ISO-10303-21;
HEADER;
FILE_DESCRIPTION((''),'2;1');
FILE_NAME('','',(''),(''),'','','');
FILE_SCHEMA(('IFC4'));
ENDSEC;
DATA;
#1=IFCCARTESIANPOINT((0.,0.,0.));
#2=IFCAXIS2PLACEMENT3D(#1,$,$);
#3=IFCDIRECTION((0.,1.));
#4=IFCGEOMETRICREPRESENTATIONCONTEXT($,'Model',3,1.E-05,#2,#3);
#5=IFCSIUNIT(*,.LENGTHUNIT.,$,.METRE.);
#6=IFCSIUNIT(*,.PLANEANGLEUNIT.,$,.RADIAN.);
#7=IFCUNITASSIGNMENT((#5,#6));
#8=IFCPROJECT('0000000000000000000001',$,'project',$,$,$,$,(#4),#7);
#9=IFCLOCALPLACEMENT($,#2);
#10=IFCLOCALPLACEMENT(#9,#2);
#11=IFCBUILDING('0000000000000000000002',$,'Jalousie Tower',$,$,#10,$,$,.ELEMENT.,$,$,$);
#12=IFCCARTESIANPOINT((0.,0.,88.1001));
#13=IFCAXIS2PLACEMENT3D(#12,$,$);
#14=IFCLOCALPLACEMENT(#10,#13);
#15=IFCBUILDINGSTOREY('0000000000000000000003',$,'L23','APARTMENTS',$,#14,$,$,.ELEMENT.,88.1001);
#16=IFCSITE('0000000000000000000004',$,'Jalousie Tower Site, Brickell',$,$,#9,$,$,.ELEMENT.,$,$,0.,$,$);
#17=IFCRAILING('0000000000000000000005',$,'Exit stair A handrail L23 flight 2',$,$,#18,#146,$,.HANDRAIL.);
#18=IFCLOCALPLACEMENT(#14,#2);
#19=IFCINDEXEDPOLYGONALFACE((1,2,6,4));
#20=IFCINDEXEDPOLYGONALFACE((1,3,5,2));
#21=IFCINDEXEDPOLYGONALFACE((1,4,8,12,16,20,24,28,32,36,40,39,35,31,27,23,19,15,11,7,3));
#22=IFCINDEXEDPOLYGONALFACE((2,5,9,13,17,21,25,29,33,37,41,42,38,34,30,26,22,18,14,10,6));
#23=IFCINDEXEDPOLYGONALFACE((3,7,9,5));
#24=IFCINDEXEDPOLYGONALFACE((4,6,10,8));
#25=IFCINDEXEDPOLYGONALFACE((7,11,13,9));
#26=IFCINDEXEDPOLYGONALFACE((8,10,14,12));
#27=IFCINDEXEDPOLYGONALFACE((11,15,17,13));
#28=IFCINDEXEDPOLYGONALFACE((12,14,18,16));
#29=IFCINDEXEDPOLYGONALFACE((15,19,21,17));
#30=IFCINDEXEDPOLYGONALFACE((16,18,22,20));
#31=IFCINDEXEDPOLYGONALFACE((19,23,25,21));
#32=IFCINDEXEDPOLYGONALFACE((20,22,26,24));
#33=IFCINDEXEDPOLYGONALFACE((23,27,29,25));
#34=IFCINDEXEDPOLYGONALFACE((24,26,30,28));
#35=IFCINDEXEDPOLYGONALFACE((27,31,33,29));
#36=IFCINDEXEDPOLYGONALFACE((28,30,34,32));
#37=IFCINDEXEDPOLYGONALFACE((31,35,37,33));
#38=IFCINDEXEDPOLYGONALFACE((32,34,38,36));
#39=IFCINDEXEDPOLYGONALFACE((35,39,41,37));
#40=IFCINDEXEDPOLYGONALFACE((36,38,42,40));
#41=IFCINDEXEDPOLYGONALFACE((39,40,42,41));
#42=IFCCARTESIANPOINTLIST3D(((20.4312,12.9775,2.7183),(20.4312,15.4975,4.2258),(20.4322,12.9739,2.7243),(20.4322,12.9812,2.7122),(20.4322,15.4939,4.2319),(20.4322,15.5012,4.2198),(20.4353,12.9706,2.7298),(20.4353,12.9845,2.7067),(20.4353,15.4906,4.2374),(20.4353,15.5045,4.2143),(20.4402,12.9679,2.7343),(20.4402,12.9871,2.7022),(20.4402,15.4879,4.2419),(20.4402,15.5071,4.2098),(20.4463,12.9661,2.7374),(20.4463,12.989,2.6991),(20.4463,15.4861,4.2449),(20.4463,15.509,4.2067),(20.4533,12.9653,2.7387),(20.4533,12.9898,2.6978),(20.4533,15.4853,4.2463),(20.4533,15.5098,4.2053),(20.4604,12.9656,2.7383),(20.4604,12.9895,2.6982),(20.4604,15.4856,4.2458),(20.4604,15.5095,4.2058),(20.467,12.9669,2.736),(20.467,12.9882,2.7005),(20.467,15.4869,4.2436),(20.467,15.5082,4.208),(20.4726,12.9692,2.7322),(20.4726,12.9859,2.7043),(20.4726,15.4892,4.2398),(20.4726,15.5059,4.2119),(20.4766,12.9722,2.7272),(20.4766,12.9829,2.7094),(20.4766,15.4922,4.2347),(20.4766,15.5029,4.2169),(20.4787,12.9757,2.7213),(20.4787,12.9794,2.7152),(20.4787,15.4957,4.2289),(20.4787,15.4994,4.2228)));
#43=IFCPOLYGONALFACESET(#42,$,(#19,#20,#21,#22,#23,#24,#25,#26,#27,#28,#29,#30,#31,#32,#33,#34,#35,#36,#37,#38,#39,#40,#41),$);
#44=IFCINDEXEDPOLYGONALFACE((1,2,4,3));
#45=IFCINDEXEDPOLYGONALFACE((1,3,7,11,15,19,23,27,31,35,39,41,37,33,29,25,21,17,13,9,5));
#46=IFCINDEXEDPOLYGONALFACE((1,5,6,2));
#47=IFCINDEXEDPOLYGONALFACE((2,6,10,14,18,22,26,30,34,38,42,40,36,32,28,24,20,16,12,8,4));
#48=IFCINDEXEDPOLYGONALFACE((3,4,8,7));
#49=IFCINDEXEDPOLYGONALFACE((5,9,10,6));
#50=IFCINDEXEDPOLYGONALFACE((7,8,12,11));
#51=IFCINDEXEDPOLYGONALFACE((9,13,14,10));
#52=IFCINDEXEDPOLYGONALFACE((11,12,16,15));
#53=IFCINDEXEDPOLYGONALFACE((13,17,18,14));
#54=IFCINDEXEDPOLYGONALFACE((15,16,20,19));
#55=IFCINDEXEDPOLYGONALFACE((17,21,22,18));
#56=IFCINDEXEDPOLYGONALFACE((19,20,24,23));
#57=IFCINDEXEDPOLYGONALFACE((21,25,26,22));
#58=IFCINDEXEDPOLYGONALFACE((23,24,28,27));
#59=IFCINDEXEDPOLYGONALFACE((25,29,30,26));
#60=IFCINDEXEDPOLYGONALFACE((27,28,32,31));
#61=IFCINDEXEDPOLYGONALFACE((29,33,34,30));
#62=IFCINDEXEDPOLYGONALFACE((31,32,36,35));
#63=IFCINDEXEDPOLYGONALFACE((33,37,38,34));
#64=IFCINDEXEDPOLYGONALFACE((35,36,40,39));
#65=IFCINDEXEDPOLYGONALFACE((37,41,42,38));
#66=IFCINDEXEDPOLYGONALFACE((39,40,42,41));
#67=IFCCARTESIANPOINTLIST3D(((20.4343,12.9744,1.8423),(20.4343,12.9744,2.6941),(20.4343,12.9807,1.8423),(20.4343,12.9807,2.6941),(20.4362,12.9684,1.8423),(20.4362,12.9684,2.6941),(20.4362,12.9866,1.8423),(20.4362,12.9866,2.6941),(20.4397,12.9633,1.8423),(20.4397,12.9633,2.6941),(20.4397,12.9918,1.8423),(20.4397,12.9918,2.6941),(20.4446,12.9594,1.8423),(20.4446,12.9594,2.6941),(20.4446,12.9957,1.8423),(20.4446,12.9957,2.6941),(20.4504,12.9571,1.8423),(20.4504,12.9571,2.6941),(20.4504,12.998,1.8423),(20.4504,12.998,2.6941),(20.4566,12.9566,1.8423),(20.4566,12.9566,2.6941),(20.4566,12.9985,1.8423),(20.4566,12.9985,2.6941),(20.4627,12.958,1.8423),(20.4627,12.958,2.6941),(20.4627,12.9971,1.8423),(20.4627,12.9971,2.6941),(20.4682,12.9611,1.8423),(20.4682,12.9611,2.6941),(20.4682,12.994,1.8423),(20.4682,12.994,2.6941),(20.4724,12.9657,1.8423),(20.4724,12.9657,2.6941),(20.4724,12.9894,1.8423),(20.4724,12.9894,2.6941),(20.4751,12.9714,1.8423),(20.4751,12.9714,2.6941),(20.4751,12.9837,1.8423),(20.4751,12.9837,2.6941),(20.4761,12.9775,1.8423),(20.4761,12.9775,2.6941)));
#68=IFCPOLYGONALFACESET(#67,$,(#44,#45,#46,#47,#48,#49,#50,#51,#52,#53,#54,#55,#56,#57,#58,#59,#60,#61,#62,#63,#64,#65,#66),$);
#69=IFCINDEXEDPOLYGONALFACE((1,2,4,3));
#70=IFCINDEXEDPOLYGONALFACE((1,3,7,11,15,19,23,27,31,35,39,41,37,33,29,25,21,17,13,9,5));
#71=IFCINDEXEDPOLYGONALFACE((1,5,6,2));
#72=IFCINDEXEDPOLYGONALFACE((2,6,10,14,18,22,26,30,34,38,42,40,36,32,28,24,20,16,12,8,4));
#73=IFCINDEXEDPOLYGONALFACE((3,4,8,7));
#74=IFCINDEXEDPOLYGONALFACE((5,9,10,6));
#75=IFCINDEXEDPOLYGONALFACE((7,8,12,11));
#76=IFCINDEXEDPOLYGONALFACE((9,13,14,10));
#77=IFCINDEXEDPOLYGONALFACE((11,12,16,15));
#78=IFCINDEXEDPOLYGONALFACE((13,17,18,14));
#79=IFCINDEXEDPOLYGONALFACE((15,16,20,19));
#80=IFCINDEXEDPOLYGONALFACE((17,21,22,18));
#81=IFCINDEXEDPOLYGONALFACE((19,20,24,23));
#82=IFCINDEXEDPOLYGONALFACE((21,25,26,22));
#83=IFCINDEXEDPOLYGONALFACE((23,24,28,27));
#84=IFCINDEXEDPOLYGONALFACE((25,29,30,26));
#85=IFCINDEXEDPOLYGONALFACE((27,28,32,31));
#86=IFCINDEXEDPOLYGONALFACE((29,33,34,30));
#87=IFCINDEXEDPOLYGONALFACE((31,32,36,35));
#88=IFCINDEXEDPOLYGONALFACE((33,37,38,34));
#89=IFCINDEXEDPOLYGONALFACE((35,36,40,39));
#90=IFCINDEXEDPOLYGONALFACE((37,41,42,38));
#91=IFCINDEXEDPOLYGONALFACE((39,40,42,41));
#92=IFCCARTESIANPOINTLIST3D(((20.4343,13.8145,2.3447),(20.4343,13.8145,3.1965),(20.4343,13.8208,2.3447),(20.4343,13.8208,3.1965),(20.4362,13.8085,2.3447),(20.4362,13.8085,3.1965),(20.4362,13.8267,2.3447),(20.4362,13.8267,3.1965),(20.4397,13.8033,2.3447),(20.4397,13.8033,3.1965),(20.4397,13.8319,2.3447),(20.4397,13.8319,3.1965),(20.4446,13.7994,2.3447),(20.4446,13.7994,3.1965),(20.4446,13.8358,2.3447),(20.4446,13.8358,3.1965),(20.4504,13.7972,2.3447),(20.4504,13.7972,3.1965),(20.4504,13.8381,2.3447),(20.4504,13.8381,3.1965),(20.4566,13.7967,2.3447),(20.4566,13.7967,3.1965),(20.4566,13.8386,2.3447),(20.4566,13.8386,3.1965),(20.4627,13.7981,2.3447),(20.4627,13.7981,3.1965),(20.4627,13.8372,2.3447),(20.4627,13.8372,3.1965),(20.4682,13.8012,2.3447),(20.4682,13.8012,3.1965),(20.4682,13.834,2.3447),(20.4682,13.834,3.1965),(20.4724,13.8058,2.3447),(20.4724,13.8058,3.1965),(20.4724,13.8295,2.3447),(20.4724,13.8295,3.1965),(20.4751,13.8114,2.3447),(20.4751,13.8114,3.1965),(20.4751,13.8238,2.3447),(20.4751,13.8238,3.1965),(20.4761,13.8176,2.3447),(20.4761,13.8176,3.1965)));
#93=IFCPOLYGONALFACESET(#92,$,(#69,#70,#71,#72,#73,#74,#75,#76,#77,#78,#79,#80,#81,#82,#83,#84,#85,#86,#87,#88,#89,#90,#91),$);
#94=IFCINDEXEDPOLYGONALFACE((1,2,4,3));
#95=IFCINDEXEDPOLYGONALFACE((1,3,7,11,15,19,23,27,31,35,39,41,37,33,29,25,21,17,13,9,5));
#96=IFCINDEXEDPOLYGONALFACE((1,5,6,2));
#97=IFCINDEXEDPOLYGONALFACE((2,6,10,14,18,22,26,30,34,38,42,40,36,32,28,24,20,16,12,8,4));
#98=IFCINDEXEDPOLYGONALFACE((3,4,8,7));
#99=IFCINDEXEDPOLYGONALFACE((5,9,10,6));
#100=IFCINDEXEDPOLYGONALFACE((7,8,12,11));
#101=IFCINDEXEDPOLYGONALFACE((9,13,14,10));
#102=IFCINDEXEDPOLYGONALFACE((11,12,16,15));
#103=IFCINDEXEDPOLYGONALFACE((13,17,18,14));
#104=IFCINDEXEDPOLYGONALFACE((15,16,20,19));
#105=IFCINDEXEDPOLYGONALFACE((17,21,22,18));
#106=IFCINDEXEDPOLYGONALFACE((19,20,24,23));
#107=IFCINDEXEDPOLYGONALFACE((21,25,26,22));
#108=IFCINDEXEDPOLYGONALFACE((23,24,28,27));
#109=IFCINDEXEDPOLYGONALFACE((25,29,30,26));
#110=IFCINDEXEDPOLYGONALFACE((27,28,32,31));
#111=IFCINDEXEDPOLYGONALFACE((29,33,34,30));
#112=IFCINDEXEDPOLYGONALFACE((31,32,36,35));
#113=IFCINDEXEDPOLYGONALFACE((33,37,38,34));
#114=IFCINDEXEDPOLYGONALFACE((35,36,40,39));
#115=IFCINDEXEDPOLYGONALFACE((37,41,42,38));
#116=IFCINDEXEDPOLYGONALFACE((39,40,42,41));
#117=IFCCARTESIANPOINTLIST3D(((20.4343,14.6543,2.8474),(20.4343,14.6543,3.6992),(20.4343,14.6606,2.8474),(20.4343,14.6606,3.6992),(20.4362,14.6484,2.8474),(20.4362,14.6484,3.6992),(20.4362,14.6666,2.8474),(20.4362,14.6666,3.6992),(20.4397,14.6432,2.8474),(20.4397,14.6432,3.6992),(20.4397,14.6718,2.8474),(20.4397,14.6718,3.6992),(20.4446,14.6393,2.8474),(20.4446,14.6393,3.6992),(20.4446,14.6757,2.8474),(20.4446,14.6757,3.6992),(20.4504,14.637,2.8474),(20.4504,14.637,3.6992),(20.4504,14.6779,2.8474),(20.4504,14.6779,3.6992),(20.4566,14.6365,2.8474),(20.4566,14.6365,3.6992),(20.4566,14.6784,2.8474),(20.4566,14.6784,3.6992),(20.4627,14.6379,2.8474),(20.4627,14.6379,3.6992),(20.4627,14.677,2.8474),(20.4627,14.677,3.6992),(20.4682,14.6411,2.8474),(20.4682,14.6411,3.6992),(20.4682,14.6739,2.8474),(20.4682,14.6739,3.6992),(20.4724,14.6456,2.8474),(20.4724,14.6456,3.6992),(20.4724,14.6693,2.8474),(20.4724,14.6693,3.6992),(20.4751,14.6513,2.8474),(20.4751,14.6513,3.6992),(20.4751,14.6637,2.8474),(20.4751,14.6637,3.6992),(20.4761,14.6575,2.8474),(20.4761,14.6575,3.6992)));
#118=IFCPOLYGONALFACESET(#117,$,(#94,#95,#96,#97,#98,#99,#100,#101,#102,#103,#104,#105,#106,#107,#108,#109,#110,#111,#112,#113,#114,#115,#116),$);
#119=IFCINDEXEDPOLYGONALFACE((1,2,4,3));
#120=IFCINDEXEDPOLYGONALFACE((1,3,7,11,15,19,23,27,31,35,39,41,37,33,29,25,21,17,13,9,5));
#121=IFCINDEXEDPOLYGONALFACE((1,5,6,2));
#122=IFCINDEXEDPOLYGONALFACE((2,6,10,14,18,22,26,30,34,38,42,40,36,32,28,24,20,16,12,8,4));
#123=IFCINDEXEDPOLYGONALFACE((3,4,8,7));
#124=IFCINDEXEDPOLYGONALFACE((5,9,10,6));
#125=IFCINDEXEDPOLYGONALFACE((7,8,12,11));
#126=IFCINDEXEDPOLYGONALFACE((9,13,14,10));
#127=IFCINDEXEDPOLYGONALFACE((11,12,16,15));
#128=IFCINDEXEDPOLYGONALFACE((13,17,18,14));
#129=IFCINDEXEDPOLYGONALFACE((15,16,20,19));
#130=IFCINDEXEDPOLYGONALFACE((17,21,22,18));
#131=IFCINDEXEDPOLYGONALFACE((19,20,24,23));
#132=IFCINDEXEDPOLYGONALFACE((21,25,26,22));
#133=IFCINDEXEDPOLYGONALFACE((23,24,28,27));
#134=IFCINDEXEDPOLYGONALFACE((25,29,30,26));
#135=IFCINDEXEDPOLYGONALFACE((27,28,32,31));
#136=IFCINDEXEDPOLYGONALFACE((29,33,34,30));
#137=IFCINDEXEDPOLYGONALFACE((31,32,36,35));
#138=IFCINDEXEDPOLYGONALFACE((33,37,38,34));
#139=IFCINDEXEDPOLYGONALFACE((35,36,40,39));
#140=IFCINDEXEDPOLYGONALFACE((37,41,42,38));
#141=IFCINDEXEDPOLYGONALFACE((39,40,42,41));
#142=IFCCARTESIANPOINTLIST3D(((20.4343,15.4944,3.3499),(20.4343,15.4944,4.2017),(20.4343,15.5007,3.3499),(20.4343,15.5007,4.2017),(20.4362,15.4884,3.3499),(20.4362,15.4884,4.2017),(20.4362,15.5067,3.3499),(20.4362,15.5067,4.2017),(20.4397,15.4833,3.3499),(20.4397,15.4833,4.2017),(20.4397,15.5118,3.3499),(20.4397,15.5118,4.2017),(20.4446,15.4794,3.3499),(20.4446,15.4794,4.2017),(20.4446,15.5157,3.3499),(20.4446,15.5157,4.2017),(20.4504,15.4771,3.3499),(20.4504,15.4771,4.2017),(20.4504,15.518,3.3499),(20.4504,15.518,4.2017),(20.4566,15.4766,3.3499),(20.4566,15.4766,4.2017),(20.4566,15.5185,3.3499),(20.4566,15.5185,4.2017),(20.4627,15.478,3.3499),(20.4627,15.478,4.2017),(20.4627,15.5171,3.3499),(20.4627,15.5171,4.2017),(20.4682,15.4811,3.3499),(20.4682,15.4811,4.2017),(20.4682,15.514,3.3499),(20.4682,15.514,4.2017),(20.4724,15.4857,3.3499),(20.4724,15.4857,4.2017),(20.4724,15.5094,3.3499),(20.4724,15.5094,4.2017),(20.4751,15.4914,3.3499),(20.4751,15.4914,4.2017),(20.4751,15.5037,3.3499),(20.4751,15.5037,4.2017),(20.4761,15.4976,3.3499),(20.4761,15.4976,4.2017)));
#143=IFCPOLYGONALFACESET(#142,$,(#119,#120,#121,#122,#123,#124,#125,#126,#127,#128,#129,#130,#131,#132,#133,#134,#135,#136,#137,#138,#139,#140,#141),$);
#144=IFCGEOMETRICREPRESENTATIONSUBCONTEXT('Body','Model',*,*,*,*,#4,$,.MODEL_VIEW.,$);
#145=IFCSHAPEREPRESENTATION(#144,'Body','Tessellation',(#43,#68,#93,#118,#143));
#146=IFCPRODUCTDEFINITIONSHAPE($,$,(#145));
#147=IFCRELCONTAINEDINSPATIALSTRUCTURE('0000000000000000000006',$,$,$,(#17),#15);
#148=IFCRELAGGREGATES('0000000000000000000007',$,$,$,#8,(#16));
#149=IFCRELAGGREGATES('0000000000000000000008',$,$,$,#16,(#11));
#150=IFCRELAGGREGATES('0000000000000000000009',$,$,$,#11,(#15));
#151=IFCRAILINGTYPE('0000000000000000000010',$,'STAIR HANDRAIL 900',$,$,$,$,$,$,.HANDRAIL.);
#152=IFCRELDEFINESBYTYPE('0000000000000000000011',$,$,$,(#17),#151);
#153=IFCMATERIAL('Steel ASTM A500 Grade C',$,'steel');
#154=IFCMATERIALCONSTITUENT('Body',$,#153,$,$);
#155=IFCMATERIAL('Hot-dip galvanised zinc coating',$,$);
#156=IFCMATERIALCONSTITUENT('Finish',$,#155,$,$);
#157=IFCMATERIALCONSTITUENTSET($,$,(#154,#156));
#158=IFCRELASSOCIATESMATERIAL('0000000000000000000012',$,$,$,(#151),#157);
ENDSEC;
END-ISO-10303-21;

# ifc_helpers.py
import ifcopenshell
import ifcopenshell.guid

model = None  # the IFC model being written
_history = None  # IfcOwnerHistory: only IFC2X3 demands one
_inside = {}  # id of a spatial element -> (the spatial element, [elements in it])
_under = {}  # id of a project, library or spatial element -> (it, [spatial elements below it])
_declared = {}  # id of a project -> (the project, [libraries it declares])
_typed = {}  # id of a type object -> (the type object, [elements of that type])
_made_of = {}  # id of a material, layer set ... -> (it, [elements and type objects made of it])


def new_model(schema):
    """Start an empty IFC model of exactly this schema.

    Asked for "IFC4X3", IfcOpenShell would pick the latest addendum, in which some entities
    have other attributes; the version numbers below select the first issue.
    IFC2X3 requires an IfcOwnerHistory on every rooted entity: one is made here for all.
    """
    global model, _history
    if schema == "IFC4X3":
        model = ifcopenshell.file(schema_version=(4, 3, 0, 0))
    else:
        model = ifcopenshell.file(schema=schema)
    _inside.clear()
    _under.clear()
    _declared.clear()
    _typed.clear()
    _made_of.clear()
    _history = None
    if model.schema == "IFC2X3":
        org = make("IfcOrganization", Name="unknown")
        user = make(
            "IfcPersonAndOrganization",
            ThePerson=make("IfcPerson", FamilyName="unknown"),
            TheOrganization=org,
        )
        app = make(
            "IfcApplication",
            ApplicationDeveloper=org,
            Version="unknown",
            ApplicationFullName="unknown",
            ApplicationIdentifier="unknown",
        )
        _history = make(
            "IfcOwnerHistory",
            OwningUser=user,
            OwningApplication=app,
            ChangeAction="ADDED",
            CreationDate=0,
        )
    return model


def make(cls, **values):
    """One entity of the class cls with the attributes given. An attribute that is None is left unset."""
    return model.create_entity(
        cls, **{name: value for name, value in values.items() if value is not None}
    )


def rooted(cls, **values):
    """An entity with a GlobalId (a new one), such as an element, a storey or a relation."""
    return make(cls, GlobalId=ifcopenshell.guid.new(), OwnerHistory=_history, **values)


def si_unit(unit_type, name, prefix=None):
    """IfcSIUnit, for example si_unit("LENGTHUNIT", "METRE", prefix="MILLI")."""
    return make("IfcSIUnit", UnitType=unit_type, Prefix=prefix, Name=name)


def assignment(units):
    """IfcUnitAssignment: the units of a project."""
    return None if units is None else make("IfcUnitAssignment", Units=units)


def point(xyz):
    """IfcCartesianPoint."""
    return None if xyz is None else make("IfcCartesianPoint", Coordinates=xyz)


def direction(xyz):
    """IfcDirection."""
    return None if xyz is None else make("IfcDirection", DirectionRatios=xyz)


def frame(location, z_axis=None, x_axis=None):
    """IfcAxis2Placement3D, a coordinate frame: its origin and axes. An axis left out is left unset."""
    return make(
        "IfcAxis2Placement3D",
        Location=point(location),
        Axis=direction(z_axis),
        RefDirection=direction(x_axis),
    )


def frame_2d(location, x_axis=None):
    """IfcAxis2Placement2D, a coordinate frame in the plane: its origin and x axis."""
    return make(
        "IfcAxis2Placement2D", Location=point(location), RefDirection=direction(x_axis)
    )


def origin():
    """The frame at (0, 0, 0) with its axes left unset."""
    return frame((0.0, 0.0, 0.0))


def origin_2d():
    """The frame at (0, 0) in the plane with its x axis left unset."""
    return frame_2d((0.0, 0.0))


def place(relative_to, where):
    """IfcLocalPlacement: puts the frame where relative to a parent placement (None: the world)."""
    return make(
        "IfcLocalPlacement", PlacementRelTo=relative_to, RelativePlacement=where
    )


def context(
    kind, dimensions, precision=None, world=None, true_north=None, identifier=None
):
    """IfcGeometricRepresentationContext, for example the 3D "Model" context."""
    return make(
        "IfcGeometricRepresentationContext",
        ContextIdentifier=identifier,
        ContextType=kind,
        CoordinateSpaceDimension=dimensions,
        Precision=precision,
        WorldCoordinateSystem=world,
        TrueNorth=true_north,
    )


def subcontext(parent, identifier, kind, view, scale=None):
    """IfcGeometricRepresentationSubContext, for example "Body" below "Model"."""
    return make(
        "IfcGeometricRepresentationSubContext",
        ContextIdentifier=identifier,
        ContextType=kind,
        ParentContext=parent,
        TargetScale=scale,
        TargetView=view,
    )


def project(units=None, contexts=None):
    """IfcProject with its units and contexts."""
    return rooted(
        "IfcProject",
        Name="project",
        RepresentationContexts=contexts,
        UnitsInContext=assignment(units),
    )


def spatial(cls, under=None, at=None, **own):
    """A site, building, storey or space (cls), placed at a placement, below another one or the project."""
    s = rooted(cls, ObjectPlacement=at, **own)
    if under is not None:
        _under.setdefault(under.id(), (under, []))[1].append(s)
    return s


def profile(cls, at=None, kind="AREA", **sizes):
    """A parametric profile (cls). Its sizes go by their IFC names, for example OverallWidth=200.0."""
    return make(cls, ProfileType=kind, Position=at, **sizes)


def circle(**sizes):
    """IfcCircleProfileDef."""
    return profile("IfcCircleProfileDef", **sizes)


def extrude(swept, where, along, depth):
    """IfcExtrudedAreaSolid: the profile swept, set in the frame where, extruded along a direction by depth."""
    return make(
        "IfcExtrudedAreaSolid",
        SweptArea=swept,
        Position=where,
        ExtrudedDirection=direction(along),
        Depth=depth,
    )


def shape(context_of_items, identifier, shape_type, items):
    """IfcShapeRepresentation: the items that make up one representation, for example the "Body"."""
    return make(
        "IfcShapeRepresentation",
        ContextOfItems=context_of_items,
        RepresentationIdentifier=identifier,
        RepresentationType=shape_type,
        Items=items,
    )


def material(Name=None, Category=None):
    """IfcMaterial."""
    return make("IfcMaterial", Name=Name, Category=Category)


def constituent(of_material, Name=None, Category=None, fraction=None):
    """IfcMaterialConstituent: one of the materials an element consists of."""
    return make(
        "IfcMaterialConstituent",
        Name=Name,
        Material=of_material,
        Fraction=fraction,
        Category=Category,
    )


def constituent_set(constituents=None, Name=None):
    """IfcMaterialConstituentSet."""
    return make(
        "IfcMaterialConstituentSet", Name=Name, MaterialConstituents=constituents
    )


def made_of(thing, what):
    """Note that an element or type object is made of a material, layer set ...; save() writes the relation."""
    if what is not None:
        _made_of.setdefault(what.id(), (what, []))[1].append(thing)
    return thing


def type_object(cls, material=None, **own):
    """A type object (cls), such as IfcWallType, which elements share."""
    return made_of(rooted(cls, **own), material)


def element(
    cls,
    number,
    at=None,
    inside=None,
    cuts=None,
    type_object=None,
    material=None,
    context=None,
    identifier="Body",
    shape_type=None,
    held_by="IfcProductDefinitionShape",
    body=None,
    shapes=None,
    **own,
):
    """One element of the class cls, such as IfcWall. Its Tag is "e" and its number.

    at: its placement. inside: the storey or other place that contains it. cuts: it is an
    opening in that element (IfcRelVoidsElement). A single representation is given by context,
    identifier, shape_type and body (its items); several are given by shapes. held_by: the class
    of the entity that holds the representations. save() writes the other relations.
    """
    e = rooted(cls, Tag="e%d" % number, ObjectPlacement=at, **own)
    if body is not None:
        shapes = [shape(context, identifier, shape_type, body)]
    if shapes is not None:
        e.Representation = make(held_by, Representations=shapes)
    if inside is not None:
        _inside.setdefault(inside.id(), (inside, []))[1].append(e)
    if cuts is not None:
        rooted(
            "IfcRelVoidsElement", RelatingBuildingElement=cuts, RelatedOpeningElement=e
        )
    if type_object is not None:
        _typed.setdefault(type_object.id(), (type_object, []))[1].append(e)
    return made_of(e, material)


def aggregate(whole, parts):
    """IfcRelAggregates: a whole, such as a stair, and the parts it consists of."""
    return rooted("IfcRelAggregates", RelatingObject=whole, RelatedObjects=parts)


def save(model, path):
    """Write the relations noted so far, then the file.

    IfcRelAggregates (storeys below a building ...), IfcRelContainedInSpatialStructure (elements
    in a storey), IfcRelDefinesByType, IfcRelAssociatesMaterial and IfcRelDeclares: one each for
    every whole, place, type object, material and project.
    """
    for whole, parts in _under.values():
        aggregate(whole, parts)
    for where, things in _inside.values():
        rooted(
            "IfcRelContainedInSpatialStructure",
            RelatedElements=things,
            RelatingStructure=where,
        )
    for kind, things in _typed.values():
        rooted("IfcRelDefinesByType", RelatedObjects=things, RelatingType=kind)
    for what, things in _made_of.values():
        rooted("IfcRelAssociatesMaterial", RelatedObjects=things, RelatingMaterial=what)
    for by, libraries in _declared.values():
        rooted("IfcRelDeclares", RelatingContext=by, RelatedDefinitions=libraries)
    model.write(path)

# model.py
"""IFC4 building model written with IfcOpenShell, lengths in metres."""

from ifc_helpers import new_model, si_unit, direction, frame, origin, origin_2d, place, context, subcontext, project, spatial, circle, extrude, material, constituent, constituent_set, type_object, element, save


model = new_model("IFC4")

# Units and contexts
model_context = context("Model", 3, precision=1e-05, world=origin(), true_north=direction((0.0, 1.0)))
body_context = subcontext(model_context, "Body", "Model", "MODEL_VIEW")
ifc_project = project(units=[si_unit("LENGTHUNIT", "METRE"), si_unit("PLANEANGLEUNIT", "RADIAN")], contexts=[model_context])

# Site, building, storey
site_placement = place(None, origin())
site = spatial("IfcSite", under=ifc_project, at=site_placement, Name="Jalousie Tower Site, Brickell", CompositionType="ELEMENT", RefElevation=0.0)
building_placement = place(site_placement, origin())
building = spatial("IfcBuilding", under=site, at=building_placement, Name="Jalousie Tower", CompositionType="ELEMENT")
storey_placement = place(building_placement, frame((0.0, 0.0, 88.1001)))
storey = spatial("IfcBuildingStorey", under=building, at=storey_placement, Name="L23", Description="APARTMENTS", CompositionType="ELEMENT", Elevation=88.1001)

# Railing
ifc_material_1 = material(Name="Steel ASTM A500 Grade C", Category="steel")
ifc_constituent_1 = constituent(ifc_material_1, Name="Body")
ifc_material_2 = material(Name="Hot-dip galvanised zinc coating")
ifc_constituent_2 = constituent(ifc_material_2, Name="Finish")
ifc_constituent_set_1 = constituent_set(constituents=[ifc_constituent_1, ifc_constituent_2])
railing_type_1 = type_object("IfcRailingType", Name="STAIR HANDRAIL 900", PredefinedType="HANDRAIL", material=ifc_constituent_set_1)
railing_1_placement = place(storey_placement, frame((20.4551, 12.9775, 1.8423)))
element("IfcRailing", 1, at=railing_1_placement, inside=storey, type_object=railing_type_1, Name="Exit stair A handrail L23 flight 2", PredefinedType="HANDRAIL", context=body_context, shape_type="SweptSolid", body=[
    extrude(circle(Radius=0.0239, at=origin_2d()), frame((0.0, 0.0, 0.876), z_axis=(0.0, 0.85816, 0.513383), x_axis=(-1.0, 0.0, 0.0)), (0.0, 0.0, 1.0), 2.9365),
    extrude(circle(Radius=0.021, at=origin_2d()), origin(), (0.0, 0.0, 1.0), 0.8518),
    extrude(circle(Radius=0.021, at=origin_2d()), frame((0.0, 0.8401, 0.5024)), (0.0, 0.0, 1.0), 0.8518),
    extrude(circle(Radius=0.021, at=origin_2d()), frame((0.0, 1.6799, 1.0051)), (0.0, 0.0, 1.0), 0.8518),
    extrude(circle(Radius=0.021, at=origin_2d()), frame((0.0, 2.52, 1.5076)), (0.0, 0.0, 1.0), 0.8518),
])

save(model, "model.ifc")
